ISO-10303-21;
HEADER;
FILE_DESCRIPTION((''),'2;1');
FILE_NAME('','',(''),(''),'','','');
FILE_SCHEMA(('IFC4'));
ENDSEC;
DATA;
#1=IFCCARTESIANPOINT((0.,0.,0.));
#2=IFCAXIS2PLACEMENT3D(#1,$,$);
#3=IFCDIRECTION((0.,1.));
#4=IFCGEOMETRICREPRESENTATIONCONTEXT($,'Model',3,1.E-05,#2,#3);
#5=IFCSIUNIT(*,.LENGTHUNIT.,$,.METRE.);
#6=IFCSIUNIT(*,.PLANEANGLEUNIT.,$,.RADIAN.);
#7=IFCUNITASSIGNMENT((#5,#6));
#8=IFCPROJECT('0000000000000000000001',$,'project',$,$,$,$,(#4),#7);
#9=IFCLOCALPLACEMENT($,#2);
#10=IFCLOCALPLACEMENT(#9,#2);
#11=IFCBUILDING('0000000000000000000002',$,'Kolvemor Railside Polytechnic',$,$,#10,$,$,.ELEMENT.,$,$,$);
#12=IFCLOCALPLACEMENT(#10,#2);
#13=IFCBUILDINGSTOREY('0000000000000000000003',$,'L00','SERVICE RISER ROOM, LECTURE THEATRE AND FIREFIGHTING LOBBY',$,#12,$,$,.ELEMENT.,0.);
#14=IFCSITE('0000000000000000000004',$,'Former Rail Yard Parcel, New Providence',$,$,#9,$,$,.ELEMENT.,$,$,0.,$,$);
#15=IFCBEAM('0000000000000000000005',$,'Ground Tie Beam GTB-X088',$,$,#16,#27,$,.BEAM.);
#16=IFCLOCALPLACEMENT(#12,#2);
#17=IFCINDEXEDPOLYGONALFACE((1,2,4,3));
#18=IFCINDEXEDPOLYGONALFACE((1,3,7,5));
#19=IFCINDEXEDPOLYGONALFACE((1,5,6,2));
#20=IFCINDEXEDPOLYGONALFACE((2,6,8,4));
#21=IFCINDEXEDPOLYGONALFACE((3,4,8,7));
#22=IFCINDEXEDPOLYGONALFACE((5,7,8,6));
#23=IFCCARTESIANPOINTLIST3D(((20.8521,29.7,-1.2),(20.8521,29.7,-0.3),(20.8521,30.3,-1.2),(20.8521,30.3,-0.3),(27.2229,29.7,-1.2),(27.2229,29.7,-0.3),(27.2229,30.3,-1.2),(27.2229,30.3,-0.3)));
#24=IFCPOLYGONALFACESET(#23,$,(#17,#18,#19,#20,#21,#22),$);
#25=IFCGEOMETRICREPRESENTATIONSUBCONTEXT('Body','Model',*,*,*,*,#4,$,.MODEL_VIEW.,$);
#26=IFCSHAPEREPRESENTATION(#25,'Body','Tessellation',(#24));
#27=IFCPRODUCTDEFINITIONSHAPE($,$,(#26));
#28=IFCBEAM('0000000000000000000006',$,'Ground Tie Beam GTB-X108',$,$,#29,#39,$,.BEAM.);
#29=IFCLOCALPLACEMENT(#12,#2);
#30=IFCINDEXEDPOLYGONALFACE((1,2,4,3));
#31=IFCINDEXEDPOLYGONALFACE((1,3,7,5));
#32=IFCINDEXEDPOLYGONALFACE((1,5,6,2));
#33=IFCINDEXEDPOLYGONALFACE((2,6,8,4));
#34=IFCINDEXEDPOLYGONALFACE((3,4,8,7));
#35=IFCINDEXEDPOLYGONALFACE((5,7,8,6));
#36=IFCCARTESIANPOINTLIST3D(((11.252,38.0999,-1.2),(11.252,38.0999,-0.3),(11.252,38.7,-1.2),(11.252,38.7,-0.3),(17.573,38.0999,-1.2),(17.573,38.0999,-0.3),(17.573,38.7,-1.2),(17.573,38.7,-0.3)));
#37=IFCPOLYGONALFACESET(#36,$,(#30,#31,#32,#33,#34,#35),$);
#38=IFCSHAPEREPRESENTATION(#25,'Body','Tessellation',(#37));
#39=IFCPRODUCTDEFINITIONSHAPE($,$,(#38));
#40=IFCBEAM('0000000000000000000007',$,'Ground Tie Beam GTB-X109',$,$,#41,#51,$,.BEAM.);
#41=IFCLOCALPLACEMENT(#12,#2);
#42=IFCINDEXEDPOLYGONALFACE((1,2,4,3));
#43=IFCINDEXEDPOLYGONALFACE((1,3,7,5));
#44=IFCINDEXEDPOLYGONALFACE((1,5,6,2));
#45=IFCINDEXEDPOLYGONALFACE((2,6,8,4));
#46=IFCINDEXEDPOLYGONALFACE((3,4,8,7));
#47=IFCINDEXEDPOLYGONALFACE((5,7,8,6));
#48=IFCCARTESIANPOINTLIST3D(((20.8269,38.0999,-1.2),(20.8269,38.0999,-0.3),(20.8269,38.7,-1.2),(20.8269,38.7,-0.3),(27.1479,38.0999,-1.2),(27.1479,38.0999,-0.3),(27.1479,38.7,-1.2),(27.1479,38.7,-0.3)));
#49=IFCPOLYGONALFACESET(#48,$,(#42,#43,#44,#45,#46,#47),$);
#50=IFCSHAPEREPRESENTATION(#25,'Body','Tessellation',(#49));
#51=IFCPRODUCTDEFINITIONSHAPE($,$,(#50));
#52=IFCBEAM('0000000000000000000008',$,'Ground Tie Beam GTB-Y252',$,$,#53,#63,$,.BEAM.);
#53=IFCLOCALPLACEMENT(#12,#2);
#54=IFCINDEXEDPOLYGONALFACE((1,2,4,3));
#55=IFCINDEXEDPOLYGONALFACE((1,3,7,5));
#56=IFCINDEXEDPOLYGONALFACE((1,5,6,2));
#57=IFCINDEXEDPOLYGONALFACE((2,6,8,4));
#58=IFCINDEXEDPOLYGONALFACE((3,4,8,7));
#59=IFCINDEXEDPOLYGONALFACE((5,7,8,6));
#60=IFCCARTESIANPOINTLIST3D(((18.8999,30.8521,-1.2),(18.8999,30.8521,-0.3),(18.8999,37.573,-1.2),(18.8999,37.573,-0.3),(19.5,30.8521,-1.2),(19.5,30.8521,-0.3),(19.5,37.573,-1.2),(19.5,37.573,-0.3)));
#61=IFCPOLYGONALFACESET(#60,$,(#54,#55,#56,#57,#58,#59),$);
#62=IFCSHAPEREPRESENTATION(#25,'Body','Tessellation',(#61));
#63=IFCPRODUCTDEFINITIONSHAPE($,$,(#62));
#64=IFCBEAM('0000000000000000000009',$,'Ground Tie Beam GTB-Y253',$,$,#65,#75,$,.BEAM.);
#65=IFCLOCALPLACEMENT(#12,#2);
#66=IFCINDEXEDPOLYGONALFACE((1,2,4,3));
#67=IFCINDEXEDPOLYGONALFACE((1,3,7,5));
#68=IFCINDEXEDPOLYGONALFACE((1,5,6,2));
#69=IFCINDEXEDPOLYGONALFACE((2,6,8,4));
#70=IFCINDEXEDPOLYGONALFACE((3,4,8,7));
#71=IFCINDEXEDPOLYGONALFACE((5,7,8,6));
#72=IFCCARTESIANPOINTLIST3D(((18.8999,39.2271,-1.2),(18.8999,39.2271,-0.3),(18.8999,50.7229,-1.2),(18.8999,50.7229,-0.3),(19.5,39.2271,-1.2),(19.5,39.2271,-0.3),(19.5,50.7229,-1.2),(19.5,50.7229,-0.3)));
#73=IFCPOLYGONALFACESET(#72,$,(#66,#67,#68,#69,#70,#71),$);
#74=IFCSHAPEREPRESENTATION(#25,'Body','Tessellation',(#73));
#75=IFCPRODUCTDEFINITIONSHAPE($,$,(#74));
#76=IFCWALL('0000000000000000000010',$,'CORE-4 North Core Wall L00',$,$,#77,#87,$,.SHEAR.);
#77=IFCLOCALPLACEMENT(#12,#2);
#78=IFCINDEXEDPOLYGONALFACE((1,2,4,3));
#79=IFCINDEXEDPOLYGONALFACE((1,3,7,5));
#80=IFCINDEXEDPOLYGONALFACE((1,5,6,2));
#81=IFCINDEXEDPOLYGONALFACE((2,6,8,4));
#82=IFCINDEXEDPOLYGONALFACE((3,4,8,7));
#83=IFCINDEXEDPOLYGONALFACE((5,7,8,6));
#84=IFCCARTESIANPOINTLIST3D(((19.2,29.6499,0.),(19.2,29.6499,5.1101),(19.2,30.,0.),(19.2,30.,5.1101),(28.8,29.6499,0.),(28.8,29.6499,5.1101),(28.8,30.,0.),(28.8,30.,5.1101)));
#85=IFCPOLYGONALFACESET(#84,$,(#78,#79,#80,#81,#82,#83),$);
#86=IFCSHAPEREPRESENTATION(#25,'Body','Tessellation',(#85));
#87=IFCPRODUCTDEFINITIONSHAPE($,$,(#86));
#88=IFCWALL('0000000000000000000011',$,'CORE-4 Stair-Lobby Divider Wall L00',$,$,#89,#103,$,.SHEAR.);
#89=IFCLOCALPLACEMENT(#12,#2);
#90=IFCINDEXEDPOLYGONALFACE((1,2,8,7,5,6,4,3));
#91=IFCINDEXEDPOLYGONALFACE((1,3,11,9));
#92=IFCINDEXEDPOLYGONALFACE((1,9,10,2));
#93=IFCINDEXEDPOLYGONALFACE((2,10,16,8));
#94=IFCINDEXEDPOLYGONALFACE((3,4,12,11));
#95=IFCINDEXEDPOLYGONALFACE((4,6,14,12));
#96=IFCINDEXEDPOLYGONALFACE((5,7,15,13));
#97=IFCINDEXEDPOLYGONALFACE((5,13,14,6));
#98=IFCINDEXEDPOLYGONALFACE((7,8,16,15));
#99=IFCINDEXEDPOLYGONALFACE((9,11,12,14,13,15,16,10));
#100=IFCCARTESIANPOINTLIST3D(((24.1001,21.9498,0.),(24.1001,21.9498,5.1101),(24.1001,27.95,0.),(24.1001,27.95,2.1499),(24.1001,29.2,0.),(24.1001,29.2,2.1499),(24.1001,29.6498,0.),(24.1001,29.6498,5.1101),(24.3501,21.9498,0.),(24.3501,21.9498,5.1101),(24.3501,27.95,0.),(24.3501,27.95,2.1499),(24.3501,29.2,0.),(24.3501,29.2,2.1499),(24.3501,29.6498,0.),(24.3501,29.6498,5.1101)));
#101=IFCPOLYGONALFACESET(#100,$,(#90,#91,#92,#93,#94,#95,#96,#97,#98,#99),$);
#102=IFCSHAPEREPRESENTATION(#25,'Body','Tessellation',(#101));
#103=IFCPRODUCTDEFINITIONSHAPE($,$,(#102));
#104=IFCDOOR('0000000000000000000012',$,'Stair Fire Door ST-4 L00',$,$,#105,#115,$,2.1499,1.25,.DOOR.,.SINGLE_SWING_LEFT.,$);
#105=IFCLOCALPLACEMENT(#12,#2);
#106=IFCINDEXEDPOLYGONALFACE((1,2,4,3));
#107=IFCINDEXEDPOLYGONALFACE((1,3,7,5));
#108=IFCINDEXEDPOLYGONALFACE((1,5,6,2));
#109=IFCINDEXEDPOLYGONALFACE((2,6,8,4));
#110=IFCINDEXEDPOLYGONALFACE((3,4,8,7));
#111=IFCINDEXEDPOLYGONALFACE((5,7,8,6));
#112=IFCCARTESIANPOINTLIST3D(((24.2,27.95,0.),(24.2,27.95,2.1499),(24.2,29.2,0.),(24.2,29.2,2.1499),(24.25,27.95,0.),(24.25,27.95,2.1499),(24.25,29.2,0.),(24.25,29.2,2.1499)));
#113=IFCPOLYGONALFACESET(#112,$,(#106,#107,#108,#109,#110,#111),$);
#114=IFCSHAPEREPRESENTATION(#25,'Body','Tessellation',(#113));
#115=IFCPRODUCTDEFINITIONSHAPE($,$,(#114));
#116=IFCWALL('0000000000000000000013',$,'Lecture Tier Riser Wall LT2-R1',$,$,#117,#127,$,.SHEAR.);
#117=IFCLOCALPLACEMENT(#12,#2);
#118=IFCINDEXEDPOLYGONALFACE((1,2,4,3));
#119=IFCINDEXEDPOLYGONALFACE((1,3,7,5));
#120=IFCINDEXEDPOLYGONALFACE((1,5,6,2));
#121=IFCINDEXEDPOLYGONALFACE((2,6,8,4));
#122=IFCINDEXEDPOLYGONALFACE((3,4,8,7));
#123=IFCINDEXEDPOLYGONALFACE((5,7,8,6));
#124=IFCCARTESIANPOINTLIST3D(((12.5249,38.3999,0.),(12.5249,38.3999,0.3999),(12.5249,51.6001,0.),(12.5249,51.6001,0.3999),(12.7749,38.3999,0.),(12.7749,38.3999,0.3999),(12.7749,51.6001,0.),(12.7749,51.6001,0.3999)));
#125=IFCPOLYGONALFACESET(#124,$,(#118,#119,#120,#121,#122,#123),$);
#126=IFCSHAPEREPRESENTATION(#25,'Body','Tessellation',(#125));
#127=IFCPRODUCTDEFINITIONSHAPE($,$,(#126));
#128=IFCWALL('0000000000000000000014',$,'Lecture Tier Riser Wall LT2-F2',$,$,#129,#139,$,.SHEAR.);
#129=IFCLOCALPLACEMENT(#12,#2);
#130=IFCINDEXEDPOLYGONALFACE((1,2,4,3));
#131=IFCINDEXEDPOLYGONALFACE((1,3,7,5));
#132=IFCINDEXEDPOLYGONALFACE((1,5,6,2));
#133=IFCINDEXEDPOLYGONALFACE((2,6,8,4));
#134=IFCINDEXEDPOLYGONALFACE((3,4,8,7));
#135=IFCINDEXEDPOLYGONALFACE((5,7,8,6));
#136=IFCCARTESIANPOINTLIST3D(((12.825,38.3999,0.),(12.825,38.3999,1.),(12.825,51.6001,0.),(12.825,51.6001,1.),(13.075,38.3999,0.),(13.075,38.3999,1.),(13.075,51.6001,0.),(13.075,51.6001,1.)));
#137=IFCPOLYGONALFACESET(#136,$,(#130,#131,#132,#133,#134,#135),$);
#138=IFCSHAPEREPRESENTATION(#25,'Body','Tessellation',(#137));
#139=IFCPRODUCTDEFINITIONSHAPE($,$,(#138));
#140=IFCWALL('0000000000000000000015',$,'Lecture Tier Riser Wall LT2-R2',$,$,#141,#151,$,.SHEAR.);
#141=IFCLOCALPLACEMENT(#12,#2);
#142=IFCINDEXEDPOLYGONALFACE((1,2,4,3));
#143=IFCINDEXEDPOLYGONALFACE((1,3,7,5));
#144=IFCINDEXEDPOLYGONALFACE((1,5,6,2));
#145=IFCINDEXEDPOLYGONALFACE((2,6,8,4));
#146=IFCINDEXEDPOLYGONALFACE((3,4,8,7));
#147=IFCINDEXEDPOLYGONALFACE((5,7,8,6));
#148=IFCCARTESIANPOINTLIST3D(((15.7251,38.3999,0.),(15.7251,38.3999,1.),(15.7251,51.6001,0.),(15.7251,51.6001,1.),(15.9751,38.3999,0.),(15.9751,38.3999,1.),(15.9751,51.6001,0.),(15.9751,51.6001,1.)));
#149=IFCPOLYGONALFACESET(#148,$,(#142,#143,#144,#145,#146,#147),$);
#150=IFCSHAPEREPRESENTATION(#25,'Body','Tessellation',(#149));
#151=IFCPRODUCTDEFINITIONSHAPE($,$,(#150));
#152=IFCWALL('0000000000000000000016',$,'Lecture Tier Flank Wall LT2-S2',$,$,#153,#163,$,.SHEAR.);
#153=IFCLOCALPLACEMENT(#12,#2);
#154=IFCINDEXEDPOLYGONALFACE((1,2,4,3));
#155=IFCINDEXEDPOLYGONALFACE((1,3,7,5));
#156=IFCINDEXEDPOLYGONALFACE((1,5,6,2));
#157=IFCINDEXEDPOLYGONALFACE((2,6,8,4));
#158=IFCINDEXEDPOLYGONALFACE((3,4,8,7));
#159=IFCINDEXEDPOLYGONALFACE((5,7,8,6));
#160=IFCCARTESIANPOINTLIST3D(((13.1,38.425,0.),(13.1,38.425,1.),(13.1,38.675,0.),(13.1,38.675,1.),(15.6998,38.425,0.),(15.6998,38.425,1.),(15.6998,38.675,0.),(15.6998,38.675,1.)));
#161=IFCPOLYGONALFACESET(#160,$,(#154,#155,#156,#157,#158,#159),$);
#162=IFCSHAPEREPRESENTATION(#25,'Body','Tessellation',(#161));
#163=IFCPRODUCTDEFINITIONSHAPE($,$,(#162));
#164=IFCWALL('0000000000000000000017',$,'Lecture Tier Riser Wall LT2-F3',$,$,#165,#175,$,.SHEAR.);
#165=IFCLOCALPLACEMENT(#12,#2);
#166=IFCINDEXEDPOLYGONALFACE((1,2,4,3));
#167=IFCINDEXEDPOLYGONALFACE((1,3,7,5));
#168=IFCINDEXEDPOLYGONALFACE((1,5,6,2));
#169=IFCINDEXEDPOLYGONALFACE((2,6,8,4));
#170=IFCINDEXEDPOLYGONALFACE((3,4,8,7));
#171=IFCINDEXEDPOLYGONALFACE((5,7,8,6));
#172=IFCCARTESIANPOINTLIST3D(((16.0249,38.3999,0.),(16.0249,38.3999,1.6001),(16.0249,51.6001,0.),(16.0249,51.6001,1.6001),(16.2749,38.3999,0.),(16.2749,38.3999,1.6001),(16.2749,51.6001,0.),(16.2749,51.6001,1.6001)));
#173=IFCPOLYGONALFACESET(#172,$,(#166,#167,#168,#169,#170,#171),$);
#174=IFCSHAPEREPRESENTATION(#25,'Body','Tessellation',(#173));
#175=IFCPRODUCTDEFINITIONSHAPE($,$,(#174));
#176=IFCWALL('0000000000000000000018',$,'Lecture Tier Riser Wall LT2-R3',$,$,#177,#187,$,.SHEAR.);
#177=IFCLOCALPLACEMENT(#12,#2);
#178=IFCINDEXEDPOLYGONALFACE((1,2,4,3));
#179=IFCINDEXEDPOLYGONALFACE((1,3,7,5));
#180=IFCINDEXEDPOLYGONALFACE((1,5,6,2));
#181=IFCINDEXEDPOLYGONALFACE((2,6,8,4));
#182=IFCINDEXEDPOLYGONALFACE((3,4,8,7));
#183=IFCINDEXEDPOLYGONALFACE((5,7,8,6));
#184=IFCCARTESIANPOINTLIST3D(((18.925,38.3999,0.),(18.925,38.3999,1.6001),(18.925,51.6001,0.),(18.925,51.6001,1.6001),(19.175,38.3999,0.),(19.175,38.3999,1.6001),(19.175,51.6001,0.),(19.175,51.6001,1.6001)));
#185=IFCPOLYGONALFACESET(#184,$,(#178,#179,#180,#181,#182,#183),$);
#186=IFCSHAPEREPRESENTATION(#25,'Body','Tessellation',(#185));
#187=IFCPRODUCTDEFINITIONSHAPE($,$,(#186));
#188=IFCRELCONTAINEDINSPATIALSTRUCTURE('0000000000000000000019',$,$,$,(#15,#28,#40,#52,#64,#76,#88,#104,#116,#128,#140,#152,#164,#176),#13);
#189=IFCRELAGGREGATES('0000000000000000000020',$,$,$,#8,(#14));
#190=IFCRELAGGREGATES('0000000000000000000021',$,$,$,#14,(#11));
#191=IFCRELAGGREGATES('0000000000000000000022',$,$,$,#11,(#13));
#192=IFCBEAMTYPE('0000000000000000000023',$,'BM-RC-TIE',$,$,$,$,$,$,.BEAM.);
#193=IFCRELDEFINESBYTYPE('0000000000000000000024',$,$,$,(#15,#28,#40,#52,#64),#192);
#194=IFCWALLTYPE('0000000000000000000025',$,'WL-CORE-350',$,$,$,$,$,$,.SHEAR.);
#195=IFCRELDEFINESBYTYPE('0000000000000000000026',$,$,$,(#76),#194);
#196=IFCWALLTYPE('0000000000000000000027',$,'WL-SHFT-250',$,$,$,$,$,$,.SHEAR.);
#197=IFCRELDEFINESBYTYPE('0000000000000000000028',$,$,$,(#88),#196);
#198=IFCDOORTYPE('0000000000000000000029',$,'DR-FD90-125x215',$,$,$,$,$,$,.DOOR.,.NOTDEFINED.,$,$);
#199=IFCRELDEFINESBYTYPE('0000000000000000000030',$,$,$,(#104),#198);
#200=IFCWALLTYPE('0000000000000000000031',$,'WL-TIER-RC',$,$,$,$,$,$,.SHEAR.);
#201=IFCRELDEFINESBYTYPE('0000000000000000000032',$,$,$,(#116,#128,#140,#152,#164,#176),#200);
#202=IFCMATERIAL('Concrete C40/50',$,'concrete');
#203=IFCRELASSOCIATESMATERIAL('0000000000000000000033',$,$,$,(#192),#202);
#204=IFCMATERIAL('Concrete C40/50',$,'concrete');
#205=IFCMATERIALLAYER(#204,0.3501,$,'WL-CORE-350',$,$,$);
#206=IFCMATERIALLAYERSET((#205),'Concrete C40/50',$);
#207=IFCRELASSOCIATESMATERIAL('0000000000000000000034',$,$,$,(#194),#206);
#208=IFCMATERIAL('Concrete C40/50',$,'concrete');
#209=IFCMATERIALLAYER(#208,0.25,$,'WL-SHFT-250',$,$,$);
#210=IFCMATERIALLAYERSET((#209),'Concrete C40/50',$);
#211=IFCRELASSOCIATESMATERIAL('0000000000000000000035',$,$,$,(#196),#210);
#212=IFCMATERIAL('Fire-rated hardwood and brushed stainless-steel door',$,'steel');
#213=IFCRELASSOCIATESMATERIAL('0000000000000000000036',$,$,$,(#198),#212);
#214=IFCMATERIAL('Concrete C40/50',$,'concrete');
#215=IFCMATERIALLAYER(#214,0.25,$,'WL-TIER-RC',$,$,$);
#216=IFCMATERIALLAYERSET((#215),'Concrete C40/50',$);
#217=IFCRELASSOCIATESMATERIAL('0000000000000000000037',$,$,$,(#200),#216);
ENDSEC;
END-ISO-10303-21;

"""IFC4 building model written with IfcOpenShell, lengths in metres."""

from ifc_helpers import new_model, si_unit, direction, frame, frame_2d, origin, origin_2d, place, context, subcontext, project, spatial, rectangle, extrude, material, layer, layer_set, material_profile, profile_set, type_object, element, fill, save


model = new_model("IFC4")

# Units and contexts
model_context = context("Model", 3, precision=1e-05, world=origin(), true_north=direction((0.0, 1.0)))
body_context = subcontext(model_context, "Body", "Model", "MODEL_VIEW")
ifc_project = project(units=[si_unit("LENGTHUNIT", "METRE"), si_unit("PLANEANGLEUNIT", "RADIAN")], contexts=[model_context])

# Site, building, storey
site_placement = place(None, origin())
site = spatial("IfcSite", under=ifc_project, at=site_placement, Name="Former Rail Yard Parcel, New Providence", CompositionType="ELEMENT", RefElevation=0.0)
building_placement = place(site_placement, origin())
building = spatial("IfcBuilding", under=site, at=building_placement, Name="Kolvemor Railside Polytechnic", CompositionType="ELEMENT")
storey_placement = place(building_placement, origin())
storey = spatial("IfcBuildingStorey", under=building, at=storey_placement, Name="L00", Description="SERVICE RISER ROOM, LECTURE THEATRE AND FIREFIGHTING LOBBY", CompositionType="ELEMENT", Elevation=0.0)

# Beams
ifc_material_1 = material(Name="Concrete C40/50", Category="concrete")
ifc_material_profile_1 = material_profile(ifc_material_1, rectangle(XDim=0.6001, YDim=0.8999, at=origin_2d()), Name="RC600x900")
ifc_profile_set_1 = profile_set([ifc_material_profile_1], Name="Concrete C40/50")
beam_type_1 = type_object("IfcBeamType", Name="BM-RC-TIE", PredefinedType="BEAM", material=ifc_profile_set_1)
beam_1_placement = place(storey_placement, frame((20.8521, 30.0, -0.75), z_axis=(1.0, 0.0, 0.0), x_axis=(0.0, 1.0, 0.0)))
element("IfcBeam", 1, at=beam_1_placement, inside=storey, type_object=beam_type_1, Name="Ground Tie Beam GTB-X088", PredefinedType="BEAM", context=body_context, shape_type="SweptSolid", body=[
    extrude(rectangle(XDim=0.6001, YDim=0.8999, at=origin_2d()), origin(), (0.0, 0.0, 1.0), 6.3708),
])
for number, where, z_axis, x_axis, name in (
    (2, (11.252, 38.3999, -0.75), (1.0, 0.0, 0.0), (0.0, 1.0, 0.0), "Ground Tie Beam GTB-X108"),
    (3, (20.8269, 38.3999, -0.75), (1.0, 0.0, 0.0), (0.0, 1.0, 0.0), "Ground Tie Beam GTB-X109"),
):
    element("IfcBeam", number, at=place(storey_placement, frame(where, z_axis=z_axis, x_axis=x_axis)), inside=storey, type_object=beam_type_1, Name=name, PredefinedType="BEAM", context=body_context, shape_type="SweptSolid", body=[
        extrude(rectangle(XDim=0.6001, YDim=0.8999, at=origin_2d()), origin(), (0.0, 0.0, 1.0), 6.321),
    ])
beam_2_placement = place(storey_placement, frame((19.2, 30.8521, -0.75), z_axis=(0.0, 1.0, 0.0), x_axis=(-1.0, 0.0, 0.0)))
element("IfcBeam", 4, at=beam_2_placement, inside=storey, type_object=beam_type_1, Name="Ground Tie Beam GTB-Y252", PredefinedType="BEAM", context=body_context, shape_type="SweptSolid", body=[
    extrude(rectangle(XDim=0.6001, YDim=0.8999, at=origin_2d()), origin(), (0.0, 0.0, 1.0), 6.7209),
])
beam_3_placement = place(storey_placement, frame((19.2, 39.2271, -0.75), z_axis=(0.0, 1.0, 0.0), x_axis=(-1.0, 0.0, 0.0)))
element("IfcBeam", 5, at=beam_3_placement, inside=storey, type_object=beam_type_1, Name="Ground Tie Beam GTB-Y253", PredefinedType="BEAM", context=body_context, shape_type="SweptSolid", body=[
    extrude(rectangle(XDim=0.6001, YDim=0.8999, at=origin_2d()), origin(), (0.0, 0.0, 1.0), 11.4958),
])

# Wall
ifc_material_2 = material(Name="Concrete C40/50", Category="concrete")
ifc_layer_1 = layer(ifc_material_2, 0.3501, Name="WL-CORE-350")
ifc_layer_set_1 = layer_set([ifc_layer_1], Name="Concrete C40/50")
wall_type_1 = type_object("IfcWallType", Name="WL-CORE-350", PredefinedType="SHEAR", material=ifc_layer_set_1)
wall_1_placement = place(storey_placement, frame((19.2, 29.825, 0.0), z_axis=(0.0, 0.0, 1.0), x_axis=(1.0, 0.0, 0.0)))
element("IfcWall", 6, at=wall_1_placement, inside=storey, type_object=wall_type_1, Name="CORE-4 North Core Wall L00", PredefinedType="SHEAR", context=body_context, shape_type="SweptSolid", body=[
    extrude(rectangle(XDim=9.6001, YDim=0.3501, at=frame_2d((4.8, 0.0))), origin(), (0.0, 0.0, 1.0), 5.1101),
])

# Wall, opening, door
ifc_material_3 = material(Name="Concrete C40/50", Category="concrete")
ifc_layer_2 = layer(ifc_material_3, 0.25, Name="WL-SHFT-250")
ifc_layer_set_2 = layer_set([ifc_layer_2], Name="Concrete C40/50")
wall_type_2 = type_object("IfcWallType", Name="WL-SHFT-250", PredefinedType="SHEAR", material=ifc_layer_set_2)
wall_2_placement = place(storey_placement, frame((24.2251, 29.6499, 0.0), z_axis=(0.0, 0.0, 1.0), x_axis=(0.0, -1.0, 0.0)))
wall_2 = element("IfcWall", 7, at=wall_2_placement, inside=storey, type_object=wall_type_2, Name="CORE-4 Stair-Lobby Divider Wall L00", PredefinedType="SHEAR", context=body_context, shape_type="SweptSolid", body=[
    extrude(rectangle(XDim=7.7, YDim=0.25, at=frame_2d((3.8501, 0.0))), origin(), (0.0, 0.0, 1.0), 5.1101),
])
opening_1_placement = place(wall_2_placement, frame((0.45, 0.0, 0.0)))
opening_1 = element("IfcOpeningElement", 8, at=opening_1_placement, cuts=wall_2, PredefinedType="OPENING", context=body_context, shape_type="SweptSolid", body=[
    extrude(rectangle(XDim=1.25, YDim=2.1499, at=frame_2d((0.625, 1.075))), frame((0.0, 0.135, 0.0), z_axis=(0.0, -1.0, 0.0), x_axis=(1.0, 0.0, 0.0)), (0.0, 0.0, 1.0), 0.27),
])
ifc_material_4 = material(Name="Fire-rated hardwood and brushed stainless-steel door", Category="steel")
door_type_1 = type_object("IfcDoorType", Name="DR-FD90-125x215", OperationType="NOTDEFINED", PredefinedType="DOOR", material=ifc_material_4)
door_1_placement = place(opening_1_placement, origin())
door_1 = element("IfcDoor", 9, at=door_1_placement, inside=storey, type_object=door_type_1, Name="Stair Fire Door ST-4 L00", OperationType="SINGLE_SWING_LEFT", OverallHeight=2.1499, OverallWidth=1.25, PredefinedType="DOOR", context=body_context, shape_type="SweptSolid", body=[
    extrude(rectangle(XDim=1.25, YDim=2.1499, at=frame_2d((0.625, 1.075))), frame((0.0, 0.0249, 0.0), z_axis=(0.0, -1.0, 0.0), x_axis=(1.0, 0.0, 0.0)), (0.0, 0.0, 1.0), 0.05),
])
fill(opening_1, door_1)

# Walls
ifc_material_5 = material(Name="Concrete C40/50", Category="concrete")
ifc_layer_3 = layer(ifc_material_5, 0.25, Name="WL-TIER-RC")
ifc_layer_set_3 = layer_set([ifc_layer_3], Name="Concrete C40/50")
wall_type_3 = type_object("IfcWallType", Name="WL-TIER-RC", PredefinedType="SHEAR", material=ifc_layer_set_3)
wall_3_placement = place(storey_placement, frame((12.6499, 38.3999, 0.0), z_axis=(0.0, 0.0, 1.0), x_axis=(0.0, 1.0, 0.0)))
element("IfcWall", 10, at=wall_3_placement, inside=storey, type_object=wall_type_3, Name="Lecture Tier Riser Wall LT2-R1", PredefinedType="SHEAR", context=body_context, shape_type="SweptSolid", body=[
    extrude(rectangle(XDim=13.2002, YDim=0.25, at=frame_2d((6.6001, 0.0))), origin(), (0.0, 0.0, 1.0), 0.3999),
])
for number, where, z_axis, x_axis, name in (
    (11, (12.95, 38.3999, 0.0), (0.0, 0.0, 1.0), (0.0, 1.0, 0.0), "Lecture Tier Riser Wall LT2-F2"),
    (12, (15.8501, 38.3999, 0.0), (0.0, 0.0, 1.0), (0.0, 1.0, 0.0), "Lecture Tier Riser Wall LT2-R2"),
):
    element("IfcWall", number, at=place(storey_placement, frame(where, z_axis=z_axis, x_axis=x_axis)), inside=storey, type_object=wall_type_3, Name=name, PredefinedType="SHEAR", context=body_context, shape_type="SweptSolid", body=[
        extrude(rectangle(XDim=13.2002, YDim=0.25, at=frame_2d((6.6001, 0.0))), origin(), (0.0, 0.0, 1.0), 1.0),
    ])
wall_4_placement = place(storey_placement, frame((13.1001, 38.55, 0.0), z_axis=(0.0, 0.0, 1.0), x_axis=(1.0, 0.0, 0.0)))
element("IfcWall", 13, at=wall_4_placement, inside=storey, type_object=wall_type_3, Name="Lecture Tier Flank Wall LT2-S2", PredefinedType="SHEAR", context=body_context, shape_type="SweptSolid", body=[
    extrude(rectangle(XDim=2.5999, YDim=0.25, at=frame_2d((1.2998, 0.0))), origin(), (0.0, 0.0, 1.0), 1.0),
])
for number, where, z_axis, x_axis, name in (
    (14, (16.1499, 38.3999, 0.0), (0.0, 0.0, 1.0), (0.0, 1.0, 0.0), "Lecture Tier Riser Wall LT2-F3"),
    (15, (19.05, 38.3999, 0.0), (0.0, 0.0, 1.0), (0.0, 1.0, 0.0), "Lecture Tier Riser Wall LT2-R3"),
):
    element("IfcWall", number, at=place(storey_placement, frame(where, z_axis=z_axis, x_axis=x_axis)), inside=storey, type_object=wall_type_3, Name=name, PredefinedType="SHEAR", context=body_context, shape_type="SweptSolid", body=[
        extrude(rectangle(XDim=13.2002, YDim=0.25, at=frame_2d((6.6001, 0.0))), origin(), (0.0, 0.0, 1.0), 1.6001),
    ])

save(model, "model.ifc")
